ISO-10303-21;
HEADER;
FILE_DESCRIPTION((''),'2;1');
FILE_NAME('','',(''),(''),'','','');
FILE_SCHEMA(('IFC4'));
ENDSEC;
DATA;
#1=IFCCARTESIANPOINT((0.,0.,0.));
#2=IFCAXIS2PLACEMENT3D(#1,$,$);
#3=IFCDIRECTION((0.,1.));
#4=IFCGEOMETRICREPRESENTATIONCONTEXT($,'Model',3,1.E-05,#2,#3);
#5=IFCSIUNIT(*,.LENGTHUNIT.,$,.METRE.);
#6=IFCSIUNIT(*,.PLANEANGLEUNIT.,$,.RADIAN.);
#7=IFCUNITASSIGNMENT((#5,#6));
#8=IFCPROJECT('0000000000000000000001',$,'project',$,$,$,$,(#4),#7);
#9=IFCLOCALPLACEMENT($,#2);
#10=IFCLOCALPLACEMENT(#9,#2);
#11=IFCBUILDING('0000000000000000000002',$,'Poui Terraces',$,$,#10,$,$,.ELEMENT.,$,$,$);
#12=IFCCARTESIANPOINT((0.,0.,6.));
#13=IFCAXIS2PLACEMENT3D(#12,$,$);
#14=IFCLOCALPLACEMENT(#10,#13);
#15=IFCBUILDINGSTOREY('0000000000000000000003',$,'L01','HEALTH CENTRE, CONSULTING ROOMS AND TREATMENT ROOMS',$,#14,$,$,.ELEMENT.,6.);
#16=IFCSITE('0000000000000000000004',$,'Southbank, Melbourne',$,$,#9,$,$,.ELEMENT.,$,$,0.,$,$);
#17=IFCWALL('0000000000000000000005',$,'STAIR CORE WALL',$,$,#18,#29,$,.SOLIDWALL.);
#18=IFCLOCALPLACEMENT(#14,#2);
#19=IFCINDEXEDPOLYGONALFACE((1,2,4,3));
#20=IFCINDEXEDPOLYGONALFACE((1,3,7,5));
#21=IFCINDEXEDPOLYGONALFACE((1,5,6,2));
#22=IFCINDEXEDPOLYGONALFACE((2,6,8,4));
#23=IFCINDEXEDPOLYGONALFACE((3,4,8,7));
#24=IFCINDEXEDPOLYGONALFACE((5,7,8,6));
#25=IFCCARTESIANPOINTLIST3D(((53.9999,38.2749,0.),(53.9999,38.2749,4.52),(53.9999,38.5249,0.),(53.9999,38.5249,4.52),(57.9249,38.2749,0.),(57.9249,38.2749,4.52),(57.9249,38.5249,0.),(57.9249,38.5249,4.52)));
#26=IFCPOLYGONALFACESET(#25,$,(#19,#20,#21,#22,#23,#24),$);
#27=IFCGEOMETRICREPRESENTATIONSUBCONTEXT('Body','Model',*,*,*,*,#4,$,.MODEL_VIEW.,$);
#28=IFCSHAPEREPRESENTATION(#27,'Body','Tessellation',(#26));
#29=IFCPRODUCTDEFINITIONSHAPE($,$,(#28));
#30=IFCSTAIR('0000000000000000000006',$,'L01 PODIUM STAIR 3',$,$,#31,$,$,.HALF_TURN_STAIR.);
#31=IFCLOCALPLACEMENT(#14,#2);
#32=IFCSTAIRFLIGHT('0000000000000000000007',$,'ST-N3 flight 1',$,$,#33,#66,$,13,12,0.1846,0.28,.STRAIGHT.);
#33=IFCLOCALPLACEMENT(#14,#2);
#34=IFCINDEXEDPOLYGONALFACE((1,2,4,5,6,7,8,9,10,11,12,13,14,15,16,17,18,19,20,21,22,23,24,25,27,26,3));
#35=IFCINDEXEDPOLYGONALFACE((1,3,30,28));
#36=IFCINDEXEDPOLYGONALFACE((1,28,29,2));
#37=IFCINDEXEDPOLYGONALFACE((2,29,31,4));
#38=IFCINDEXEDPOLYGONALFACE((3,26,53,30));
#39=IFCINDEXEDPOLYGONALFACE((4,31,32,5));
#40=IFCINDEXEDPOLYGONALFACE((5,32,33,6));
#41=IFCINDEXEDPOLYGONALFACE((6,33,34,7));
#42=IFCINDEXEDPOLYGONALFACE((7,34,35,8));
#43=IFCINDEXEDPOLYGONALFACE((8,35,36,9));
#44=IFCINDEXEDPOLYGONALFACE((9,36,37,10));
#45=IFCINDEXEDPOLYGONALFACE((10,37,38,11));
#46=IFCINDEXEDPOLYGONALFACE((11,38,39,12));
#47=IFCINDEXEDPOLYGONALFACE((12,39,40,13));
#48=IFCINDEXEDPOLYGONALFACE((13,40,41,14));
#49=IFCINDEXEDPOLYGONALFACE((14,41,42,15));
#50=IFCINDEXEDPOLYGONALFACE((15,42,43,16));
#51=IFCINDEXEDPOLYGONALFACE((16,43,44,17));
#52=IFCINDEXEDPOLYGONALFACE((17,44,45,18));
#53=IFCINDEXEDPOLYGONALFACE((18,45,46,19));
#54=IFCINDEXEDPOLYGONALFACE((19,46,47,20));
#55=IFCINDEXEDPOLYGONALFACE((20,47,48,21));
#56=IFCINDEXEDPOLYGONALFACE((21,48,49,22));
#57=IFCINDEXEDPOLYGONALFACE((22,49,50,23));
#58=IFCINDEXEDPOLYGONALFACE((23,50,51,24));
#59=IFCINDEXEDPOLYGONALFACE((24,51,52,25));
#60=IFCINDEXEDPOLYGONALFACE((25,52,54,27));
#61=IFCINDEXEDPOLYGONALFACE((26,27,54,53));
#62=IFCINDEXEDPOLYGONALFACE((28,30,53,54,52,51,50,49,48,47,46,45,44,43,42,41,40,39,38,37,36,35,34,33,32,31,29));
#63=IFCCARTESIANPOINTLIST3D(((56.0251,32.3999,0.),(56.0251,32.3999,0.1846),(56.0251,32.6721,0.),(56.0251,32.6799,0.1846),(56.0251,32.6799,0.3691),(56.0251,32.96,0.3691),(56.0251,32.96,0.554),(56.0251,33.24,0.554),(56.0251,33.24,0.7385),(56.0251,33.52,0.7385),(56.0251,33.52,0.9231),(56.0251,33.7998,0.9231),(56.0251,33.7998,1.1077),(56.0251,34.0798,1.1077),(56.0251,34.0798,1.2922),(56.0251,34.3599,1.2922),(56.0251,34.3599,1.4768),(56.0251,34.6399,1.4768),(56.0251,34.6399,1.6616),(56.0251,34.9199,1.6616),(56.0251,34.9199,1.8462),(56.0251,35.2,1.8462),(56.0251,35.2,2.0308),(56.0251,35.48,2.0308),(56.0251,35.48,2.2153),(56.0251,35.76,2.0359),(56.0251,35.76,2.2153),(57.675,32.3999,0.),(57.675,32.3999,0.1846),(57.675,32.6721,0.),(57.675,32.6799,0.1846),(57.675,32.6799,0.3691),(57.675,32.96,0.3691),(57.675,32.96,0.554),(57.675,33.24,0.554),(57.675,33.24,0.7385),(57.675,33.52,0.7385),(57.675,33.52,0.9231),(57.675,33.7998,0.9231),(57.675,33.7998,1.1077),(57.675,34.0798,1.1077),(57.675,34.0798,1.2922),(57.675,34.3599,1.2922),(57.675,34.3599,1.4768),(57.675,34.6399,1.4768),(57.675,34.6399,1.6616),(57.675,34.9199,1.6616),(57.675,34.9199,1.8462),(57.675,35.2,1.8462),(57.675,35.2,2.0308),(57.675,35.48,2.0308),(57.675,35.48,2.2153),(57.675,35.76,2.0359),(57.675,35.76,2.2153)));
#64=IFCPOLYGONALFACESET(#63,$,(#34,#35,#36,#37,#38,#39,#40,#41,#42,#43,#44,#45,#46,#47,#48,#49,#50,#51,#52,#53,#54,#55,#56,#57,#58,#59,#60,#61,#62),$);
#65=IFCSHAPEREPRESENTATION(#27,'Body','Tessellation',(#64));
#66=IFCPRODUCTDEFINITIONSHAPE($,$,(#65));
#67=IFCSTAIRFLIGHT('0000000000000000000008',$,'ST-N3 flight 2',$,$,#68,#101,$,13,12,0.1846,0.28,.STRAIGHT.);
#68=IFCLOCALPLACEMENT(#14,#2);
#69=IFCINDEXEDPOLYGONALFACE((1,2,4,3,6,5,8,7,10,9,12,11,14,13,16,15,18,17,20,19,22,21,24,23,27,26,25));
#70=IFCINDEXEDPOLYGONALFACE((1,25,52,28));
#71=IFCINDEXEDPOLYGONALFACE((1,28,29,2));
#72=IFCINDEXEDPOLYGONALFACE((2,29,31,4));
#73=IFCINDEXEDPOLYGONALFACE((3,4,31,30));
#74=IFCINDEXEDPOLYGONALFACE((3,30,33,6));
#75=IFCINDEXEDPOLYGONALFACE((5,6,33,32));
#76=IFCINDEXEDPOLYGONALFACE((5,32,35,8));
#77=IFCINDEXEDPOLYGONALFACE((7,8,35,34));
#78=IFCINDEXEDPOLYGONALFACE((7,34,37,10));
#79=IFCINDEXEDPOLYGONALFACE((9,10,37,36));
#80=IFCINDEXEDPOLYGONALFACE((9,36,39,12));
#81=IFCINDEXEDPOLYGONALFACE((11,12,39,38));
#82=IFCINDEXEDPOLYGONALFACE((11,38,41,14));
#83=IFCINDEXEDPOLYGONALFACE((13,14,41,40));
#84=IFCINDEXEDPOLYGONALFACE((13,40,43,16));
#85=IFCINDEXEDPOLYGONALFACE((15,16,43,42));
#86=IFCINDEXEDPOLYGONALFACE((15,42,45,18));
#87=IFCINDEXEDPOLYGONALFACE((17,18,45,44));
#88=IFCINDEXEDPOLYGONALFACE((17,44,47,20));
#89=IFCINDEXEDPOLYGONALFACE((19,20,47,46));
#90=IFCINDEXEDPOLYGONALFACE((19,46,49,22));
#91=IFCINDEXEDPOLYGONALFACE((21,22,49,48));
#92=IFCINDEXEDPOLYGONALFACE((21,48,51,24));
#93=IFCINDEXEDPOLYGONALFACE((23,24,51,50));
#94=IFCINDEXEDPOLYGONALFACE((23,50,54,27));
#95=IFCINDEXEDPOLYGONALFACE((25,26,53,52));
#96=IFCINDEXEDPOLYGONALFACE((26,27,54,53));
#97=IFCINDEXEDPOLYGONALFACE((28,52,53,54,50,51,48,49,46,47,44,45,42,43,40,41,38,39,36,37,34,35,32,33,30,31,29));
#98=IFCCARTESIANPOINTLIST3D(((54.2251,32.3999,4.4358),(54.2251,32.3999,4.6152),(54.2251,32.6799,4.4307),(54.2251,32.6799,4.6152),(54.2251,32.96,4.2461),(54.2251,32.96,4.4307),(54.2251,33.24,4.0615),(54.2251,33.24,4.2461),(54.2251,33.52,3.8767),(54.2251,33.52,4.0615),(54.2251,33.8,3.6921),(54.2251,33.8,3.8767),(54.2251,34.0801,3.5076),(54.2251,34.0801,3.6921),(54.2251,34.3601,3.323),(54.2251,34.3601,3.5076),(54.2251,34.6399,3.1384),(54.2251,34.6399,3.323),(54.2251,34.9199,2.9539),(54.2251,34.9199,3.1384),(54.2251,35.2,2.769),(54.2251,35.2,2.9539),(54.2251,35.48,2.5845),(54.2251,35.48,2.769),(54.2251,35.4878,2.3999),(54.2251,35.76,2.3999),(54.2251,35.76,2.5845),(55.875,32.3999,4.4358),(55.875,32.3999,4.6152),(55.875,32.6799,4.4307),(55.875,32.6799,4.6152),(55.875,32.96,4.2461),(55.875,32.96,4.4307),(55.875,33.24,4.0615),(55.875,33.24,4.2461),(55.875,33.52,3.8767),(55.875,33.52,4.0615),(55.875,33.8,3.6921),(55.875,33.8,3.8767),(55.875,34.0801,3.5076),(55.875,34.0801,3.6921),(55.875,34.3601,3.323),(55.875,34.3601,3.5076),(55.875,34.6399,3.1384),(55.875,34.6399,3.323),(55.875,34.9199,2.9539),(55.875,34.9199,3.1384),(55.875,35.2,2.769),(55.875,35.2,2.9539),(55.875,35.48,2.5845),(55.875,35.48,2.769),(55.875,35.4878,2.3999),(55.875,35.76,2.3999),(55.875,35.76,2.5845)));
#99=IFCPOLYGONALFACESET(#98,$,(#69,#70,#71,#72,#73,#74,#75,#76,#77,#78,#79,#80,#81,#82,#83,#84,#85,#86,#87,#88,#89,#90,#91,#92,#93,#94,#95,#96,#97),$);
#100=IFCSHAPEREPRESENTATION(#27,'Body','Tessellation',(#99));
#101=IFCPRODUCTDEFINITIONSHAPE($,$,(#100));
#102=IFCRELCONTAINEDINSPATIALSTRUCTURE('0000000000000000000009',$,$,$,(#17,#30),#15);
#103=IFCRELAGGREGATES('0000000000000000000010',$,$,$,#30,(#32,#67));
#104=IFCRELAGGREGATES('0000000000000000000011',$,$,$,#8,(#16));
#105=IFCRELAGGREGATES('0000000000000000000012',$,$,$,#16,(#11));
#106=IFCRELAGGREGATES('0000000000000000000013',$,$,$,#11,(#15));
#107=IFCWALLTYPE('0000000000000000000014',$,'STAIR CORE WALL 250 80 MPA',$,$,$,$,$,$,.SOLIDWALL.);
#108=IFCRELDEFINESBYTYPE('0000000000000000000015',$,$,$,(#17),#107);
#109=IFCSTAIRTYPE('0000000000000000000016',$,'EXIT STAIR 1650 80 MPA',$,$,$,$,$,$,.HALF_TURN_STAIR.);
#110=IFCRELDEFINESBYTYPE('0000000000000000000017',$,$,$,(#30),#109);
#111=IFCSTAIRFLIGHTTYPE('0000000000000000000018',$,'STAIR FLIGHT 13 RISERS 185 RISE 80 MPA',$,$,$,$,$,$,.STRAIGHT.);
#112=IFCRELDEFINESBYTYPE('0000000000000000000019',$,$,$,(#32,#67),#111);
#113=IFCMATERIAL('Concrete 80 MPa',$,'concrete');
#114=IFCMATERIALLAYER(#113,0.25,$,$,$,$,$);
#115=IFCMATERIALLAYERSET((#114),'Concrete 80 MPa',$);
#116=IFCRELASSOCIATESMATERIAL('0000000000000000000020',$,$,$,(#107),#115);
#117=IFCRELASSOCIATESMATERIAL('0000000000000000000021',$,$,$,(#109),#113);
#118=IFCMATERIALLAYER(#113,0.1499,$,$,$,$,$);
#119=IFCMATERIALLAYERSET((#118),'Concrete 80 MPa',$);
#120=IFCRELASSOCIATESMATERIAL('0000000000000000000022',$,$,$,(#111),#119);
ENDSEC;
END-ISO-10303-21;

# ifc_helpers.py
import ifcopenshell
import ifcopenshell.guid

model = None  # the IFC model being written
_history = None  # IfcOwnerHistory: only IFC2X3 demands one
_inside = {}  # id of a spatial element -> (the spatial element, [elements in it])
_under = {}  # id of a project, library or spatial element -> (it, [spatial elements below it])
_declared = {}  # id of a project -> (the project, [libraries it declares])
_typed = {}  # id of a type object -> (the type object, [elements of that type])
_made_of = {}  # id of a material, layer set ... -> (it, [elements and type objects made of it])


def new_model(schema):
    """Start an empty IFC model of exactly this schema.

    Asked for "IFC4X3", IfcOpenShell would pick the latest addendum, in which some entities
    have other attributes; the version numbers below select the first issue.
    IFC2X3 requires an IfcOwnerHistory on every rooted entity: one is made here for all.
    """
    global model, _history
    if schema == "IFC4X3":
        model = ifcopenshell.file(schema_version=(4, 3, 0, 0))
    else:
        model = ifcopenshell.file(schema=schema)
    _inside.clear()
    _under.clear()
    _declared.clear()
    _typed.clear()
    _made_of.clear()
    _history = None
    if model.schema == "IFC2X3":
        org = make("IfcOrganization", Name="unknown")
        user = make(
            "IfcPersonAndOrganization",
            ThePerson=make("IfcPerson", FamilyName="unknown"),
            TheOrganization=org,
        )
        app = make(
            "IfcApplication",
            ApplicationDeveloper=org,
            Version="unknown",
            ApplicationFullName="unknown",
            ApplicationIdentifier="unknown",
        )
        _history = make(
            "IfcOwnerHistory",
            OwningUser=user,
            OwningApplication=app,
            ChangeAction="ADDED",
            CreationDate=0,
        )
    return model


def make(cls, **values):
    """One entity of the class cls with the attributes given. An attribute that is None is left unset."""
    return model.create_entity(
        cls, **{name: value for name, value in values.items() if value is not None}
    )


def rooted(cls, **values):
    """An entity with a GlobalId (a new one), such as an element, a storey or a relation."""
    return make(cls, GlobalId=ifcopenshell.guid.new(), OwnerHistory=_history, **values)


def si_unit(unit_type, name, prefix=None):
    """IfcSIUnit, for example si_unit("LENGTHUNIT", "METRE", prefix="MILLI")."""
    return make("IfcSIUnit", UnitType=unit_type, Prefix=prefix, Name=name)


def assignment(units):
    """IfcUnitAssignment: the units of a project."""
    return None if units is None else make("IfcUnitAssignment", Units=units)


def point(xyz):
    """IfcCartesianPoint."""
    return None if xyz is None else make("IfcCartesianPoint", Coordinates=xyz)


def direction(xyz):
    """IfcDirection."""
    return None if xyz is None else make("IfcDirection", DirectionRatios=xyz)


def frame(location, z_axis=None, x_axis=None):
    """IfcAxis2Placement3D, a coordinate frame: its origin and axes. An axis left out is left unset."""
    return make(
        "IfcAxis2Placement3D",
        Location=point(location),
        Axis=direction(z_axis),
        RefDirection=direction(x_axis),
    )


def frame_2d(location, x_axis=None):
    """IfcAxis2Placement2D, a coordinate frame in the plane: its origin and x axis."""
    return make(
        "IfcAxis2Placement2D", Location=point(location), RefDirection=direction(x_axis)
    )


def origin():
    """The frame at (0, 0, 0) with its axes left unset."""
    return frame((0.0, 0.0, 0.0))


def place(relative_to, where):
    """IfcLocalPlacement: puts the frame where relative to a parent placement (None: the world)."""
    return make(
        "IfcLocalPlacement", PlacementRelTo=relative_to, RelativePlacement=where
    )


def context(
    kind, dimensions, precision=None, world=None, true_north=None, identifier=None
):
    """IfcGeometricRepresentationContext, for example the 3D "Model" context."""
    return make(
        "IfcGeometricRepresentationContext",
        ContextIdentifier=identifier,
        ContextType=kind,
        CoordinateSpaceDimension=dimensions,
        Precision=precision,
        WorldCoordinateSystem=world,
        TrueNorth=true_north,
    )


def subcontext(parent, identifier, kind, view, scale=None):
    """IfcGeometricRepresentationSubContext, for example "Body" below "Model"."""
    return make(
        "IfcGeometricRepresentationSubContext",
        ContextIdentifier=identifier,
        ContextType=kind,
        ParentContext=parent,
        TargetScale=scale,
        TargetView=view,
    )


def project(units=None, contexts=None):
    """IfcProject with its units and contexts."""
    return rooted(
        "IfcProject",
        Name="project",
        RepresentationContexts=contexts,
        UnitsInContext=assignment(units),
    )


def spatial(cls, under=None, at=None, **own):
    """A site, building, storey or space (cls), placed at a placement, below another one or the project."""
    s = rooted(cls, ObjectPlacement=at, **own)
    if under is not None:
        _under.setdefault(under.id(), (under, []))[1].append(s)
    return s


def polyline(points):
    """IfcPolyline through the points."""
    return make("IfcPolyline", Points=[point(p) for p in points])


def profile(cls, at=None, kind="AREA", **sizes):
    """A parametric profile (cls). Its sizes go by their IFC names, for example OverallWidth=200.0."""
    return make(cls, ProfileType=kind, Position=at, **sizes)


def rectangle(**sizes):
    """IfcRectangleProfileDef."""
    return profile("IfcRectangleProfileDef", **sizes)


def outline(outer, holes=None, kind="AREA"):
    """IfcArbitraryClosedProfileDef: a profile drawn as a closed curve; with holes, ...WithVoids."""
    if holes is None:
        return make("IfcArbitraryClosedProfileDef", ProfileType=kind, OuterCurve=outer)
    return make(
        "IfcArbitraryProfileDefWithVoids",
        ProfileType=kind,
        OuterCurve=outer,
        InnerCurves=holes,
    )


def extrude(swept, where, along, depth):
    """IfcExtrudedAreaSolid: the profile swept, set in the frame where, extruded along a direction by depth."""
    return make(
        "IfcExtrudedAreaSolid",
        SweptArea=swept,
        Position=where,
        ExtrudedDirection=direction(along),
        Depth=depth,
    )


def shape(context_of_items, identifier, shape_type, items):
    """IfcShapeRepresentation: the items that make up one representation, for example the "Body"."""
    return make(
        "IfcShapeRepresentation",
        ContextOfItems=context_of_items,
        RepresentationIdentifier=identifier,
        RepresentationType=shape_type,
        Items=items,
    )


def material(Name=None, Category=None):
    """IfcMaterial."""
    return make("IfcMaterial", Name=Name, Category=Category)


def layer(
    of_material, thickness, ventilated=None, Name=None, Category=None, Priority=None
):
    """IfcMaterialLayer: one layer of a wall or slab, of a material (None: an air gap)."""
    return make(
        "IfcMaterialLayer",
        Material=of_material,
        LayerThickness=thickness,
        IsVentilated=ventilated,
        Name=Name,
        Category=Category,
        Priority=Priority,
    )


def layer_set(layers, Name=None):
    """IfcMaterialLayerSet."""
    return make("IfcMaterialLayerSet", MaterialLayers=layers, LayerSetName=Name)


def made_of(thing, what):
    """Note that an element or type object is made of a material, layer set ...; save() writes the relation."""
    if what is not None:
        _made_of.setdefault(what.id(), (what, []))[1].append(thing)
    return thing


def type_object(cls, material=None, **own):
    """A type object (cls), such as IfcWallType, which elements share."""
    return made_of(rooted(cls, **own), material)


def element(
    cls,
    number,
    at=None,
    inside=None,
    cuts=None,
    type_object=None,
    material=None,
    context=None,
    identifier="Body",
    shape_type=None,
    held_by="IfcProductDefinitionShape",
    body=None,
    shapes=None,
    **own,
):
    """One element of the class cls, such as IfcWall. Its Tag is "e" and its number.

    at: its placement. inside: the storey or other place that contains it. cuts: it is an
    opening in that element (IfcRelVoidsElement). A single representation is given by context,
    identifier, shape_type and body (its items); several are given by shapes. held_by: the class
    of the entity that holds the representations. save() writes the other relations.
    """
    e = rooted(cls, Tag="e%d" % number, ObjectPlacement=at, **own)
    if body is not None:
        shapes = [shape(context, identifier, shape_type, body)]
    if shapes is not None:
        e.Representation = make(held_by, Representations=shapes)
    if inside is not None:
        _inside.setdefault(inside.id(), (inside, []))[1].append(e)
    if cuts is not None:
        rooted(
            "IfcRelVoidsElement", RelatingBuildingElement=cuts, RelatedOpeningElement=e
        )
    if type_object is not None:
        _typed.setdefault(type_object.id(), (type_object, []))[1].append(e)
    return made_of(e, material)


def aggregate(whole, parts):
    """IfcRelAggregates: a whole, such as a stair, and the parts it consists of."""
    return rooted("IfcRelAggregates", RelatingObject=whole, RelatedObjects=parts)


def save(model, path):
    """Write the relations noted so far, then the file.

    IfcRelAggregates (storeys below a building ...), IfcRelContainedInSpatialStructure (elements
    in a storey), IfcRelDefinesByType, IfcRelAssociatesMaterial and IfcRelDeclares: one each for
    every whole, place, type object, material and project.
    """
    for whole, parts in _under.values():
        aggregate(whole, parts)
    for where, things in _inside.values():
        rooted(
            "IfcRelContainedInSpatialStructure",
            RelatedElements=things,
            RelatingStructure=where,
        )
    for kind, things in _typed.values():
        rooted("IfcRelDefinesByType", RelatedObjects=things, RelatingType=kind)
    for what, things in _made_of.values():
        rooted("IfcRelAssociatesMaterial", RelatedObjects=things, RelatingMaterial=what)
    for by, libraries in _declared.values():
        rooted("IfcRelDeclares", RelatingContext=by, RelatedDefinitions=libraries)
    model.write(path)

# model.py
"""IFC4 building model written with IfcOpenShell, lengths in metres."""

from ifc_helpers import new_model, si_unit, direction, frame, frame_2d, origin, place, context, subcontext, project, spatial, polyline, rectangle, outline, extrude, material, layer, layer_set, type_object, element, aggregate, save


model = new_model("IFC4")

# Units and contexts
model_context = context("Model", 3, precision=1e-05, world=origin(), true_north=direction((0.0, 1.0)))
body_context = subcontext(model_context, "Body", "Model", "MODEL_VIEW")
ifc_project = project(units=[si_unit("LENGTHUNIT", "METRE"), si_unit("PLANEANGLEUNIT", "RADIAN")], contexts=[model_context])

# Site, building, storey
site_placement = place(None, origin())
site = spatial("IfcSite", under=ifc_project, at=site_placement, Name="Southbank, Melbourne", CompositionType="ELEMENT", RefElevation=0.0)
building_placement = place(site_placement, origin())
building = spatial("IfcBuilding", under=site, at=building_placement, Name="Poui Terraces", CompositionType="ELEMENT")
storey_placement = place(building_placement, frame((0.0, 0.0, 6.0)))
storey = spatial("IfcBuildingStorey", under=building, at=storey_placement, Name="L01", Description="HEALTH CENTRE, CONSULTING ROOMS AND TREATMENT ROOMS", CompositionType="ELEMENT", Elevation=6.0)

# Shared definitions
ifc_material_1 = material(Name="Concrete 80 MPa", Category="concrete")

# Wall
ifc_layer_1 = layer(ifc_material_1, 0.25)
ifc_layer_set_1 = layer_set([ifc_layer_1], Name="Concrete 80 MPa")
wall_type_1 = type_object("IfcWallType", Name="STAIR CORE WALL 250 80 MPA", PredefinedType="SOLIDWALL", material=ifc_layer_set_1)
wall_1_placement = place(storey_placement, frame((54.0, 38.3999, 0.0), z_axis=(0.0, 0.0, 1.0), x_axis=(1.0, 0.0, 0.0)))
element("IfcWall", 1, at=wall_1_placement, inside=storey, type_object=wall_type_1, Name="STAIR CORE WALL", PredefinedType="SOLIDWALL", context=body_context, shape_type="SweptSolid", body=[
    extrude(rectangle(XDim=3.925, YDim=0.25, at=frame_2d((1.9624, 0.0))), origin(), (0.0, 0.0, 1.0), 4.52),
])

# Stair, stair flights
stair_type = type_object("IfcStairType", Name="EXIT STAIR 1650 80 MPA", PredefinedType="HALF_TURN_STAIR", material=ifc_material_1)
stair_placement = place(storey_placement, origin())
stair = element("IfcStair", 2, at=stair_placement, inside=storey, type_object=stair_type, Name="L01 PODIUM STAIR 3", PredefinedType="HALF_TURN_STAIR")
ifc_layer_2 = layer(ifc_material_1, 0.1499)
ifc_layer_set_2 = layer_set([ifc_layer_2], Name="Concrete 80 MPa")
stair_flight_type = type_object("IfcStairFlightType", Name="STAIR FLIGHT 13 RISERS 185 RISE 80 MPA", PredefinedType="STRAIGHT", material=ifc_layer_set_2)
stair_flight_1_placement = place(storey_placement, frame((56.8501, 32.3999, 0.0), z_axis=(0.0, 0.0, 1.0), x_axis=(0.0, 1.0, 0.0)))
stair_flight_1 = element("IfcStairFlight", 3, at=stair_flight_1_placement, type_object=stair_flight_type, Name="ST-N3 flight 1", NumberOfRisers=13, NumberOfTreads=12, PredefinedType="STRAIGHT", RiserHeight=0.1846, TreadLength=0.28, context=body_context, shape_type="SweptSolid", body=[
    extrude(outline(polyline([(0.0, 0.0), (0.0, 0.1846), (0.28, 0.1846), (0.28, 0.3691), (0.5601, 0.3691), (0.5601, 0.554), (0.8401, 0.554), (0.8401, 0.7385), (1.1201, 0.7385), (1.1201, 0.9231), (1.3999, 0.9231), (1.3999, 1.1077), (1.6799, 1.1077), (1.6799, 1.2922), (1.96, 1.2922), (1.96, 1.4768), (2.24, 1.4768), (2.24, 1.6616), (2.52, 1.6616), (2.52, 1.8462), (2.8, 1.8462), (2.8, 2.0308), (3.0801, 2.0308), (3.0801, 2.2153), (3.3601, 2.2153), (3.3601, 2.3999), (3.3601, 2.0359), (0.2722, 0.0), (0.0, 0.0)])), frame((0.0, 0.825, 0.0), z_axis=(0.0, -1.0, 0.0), x_axis=(1.0, 0.0, 0.0)), (0.0, 0.0, 1.0), 1.6499),
])
stair_flight_2_placement = place(storey_placement, frame((55.05, 35.76, 2.3999), z_axis=(0.0, 0.0, 1.0), x_axis=(0.0, -1.0, 0.0)))
stair_flight_2 = element("IfcStairFlight", 4, at=stair_flight_2_placement, type_object=stair_flight_type, Name="ST-N3 flight 2", NumberOfRisers=13, NumberOfTreads=12, PredefinedType="STRAIGHT", RiserHeight=0.1846, TreadLength=0.28, context=body_context, shape_type="SweptSolid", body=[
    extrude(outline(polyline([(0.0, 0.0), (0.0, 0.1846), (0.28, 0.1846), (0.28, 0.3691), (0.5601, 0.3691), (0.5601, 0.554), (0.8401, 0.554), (0.8401, 0.7385), (1.1201, 0.7385), (1.1201, 0.9231), (1.3999, 0.9231), (1.3999, 1.1077), (1.6799, 1.1077), (1.6799, 1.2922), (1.96, 1.2922), (1.96, 1.4768), (2.24, 1.4768), (2.24, 1.6616), (2.52, 1.6616), (2.52, 1.8462), (2.8, 1.8462), (2.8, 2.0308), (3.0801, 2.0308), (3.0801, 2.2153), (3.3601, 2.2153), (3.3601, 2.3999), (3.3601, 2.0359), (0.2722, 0.0), (0.0, 0.0)])), frame((0.0, 0.825, 0.0), z_axis=(0.0, -1.0, 0.0), x_axis=(1.0, 0.0, 0.0)), (0.0, 0.0, 1.0), 1.6499),
])
aggregate(stair, [stair_flight_1, stair_flight_2])

save(model, "model.ifc")
